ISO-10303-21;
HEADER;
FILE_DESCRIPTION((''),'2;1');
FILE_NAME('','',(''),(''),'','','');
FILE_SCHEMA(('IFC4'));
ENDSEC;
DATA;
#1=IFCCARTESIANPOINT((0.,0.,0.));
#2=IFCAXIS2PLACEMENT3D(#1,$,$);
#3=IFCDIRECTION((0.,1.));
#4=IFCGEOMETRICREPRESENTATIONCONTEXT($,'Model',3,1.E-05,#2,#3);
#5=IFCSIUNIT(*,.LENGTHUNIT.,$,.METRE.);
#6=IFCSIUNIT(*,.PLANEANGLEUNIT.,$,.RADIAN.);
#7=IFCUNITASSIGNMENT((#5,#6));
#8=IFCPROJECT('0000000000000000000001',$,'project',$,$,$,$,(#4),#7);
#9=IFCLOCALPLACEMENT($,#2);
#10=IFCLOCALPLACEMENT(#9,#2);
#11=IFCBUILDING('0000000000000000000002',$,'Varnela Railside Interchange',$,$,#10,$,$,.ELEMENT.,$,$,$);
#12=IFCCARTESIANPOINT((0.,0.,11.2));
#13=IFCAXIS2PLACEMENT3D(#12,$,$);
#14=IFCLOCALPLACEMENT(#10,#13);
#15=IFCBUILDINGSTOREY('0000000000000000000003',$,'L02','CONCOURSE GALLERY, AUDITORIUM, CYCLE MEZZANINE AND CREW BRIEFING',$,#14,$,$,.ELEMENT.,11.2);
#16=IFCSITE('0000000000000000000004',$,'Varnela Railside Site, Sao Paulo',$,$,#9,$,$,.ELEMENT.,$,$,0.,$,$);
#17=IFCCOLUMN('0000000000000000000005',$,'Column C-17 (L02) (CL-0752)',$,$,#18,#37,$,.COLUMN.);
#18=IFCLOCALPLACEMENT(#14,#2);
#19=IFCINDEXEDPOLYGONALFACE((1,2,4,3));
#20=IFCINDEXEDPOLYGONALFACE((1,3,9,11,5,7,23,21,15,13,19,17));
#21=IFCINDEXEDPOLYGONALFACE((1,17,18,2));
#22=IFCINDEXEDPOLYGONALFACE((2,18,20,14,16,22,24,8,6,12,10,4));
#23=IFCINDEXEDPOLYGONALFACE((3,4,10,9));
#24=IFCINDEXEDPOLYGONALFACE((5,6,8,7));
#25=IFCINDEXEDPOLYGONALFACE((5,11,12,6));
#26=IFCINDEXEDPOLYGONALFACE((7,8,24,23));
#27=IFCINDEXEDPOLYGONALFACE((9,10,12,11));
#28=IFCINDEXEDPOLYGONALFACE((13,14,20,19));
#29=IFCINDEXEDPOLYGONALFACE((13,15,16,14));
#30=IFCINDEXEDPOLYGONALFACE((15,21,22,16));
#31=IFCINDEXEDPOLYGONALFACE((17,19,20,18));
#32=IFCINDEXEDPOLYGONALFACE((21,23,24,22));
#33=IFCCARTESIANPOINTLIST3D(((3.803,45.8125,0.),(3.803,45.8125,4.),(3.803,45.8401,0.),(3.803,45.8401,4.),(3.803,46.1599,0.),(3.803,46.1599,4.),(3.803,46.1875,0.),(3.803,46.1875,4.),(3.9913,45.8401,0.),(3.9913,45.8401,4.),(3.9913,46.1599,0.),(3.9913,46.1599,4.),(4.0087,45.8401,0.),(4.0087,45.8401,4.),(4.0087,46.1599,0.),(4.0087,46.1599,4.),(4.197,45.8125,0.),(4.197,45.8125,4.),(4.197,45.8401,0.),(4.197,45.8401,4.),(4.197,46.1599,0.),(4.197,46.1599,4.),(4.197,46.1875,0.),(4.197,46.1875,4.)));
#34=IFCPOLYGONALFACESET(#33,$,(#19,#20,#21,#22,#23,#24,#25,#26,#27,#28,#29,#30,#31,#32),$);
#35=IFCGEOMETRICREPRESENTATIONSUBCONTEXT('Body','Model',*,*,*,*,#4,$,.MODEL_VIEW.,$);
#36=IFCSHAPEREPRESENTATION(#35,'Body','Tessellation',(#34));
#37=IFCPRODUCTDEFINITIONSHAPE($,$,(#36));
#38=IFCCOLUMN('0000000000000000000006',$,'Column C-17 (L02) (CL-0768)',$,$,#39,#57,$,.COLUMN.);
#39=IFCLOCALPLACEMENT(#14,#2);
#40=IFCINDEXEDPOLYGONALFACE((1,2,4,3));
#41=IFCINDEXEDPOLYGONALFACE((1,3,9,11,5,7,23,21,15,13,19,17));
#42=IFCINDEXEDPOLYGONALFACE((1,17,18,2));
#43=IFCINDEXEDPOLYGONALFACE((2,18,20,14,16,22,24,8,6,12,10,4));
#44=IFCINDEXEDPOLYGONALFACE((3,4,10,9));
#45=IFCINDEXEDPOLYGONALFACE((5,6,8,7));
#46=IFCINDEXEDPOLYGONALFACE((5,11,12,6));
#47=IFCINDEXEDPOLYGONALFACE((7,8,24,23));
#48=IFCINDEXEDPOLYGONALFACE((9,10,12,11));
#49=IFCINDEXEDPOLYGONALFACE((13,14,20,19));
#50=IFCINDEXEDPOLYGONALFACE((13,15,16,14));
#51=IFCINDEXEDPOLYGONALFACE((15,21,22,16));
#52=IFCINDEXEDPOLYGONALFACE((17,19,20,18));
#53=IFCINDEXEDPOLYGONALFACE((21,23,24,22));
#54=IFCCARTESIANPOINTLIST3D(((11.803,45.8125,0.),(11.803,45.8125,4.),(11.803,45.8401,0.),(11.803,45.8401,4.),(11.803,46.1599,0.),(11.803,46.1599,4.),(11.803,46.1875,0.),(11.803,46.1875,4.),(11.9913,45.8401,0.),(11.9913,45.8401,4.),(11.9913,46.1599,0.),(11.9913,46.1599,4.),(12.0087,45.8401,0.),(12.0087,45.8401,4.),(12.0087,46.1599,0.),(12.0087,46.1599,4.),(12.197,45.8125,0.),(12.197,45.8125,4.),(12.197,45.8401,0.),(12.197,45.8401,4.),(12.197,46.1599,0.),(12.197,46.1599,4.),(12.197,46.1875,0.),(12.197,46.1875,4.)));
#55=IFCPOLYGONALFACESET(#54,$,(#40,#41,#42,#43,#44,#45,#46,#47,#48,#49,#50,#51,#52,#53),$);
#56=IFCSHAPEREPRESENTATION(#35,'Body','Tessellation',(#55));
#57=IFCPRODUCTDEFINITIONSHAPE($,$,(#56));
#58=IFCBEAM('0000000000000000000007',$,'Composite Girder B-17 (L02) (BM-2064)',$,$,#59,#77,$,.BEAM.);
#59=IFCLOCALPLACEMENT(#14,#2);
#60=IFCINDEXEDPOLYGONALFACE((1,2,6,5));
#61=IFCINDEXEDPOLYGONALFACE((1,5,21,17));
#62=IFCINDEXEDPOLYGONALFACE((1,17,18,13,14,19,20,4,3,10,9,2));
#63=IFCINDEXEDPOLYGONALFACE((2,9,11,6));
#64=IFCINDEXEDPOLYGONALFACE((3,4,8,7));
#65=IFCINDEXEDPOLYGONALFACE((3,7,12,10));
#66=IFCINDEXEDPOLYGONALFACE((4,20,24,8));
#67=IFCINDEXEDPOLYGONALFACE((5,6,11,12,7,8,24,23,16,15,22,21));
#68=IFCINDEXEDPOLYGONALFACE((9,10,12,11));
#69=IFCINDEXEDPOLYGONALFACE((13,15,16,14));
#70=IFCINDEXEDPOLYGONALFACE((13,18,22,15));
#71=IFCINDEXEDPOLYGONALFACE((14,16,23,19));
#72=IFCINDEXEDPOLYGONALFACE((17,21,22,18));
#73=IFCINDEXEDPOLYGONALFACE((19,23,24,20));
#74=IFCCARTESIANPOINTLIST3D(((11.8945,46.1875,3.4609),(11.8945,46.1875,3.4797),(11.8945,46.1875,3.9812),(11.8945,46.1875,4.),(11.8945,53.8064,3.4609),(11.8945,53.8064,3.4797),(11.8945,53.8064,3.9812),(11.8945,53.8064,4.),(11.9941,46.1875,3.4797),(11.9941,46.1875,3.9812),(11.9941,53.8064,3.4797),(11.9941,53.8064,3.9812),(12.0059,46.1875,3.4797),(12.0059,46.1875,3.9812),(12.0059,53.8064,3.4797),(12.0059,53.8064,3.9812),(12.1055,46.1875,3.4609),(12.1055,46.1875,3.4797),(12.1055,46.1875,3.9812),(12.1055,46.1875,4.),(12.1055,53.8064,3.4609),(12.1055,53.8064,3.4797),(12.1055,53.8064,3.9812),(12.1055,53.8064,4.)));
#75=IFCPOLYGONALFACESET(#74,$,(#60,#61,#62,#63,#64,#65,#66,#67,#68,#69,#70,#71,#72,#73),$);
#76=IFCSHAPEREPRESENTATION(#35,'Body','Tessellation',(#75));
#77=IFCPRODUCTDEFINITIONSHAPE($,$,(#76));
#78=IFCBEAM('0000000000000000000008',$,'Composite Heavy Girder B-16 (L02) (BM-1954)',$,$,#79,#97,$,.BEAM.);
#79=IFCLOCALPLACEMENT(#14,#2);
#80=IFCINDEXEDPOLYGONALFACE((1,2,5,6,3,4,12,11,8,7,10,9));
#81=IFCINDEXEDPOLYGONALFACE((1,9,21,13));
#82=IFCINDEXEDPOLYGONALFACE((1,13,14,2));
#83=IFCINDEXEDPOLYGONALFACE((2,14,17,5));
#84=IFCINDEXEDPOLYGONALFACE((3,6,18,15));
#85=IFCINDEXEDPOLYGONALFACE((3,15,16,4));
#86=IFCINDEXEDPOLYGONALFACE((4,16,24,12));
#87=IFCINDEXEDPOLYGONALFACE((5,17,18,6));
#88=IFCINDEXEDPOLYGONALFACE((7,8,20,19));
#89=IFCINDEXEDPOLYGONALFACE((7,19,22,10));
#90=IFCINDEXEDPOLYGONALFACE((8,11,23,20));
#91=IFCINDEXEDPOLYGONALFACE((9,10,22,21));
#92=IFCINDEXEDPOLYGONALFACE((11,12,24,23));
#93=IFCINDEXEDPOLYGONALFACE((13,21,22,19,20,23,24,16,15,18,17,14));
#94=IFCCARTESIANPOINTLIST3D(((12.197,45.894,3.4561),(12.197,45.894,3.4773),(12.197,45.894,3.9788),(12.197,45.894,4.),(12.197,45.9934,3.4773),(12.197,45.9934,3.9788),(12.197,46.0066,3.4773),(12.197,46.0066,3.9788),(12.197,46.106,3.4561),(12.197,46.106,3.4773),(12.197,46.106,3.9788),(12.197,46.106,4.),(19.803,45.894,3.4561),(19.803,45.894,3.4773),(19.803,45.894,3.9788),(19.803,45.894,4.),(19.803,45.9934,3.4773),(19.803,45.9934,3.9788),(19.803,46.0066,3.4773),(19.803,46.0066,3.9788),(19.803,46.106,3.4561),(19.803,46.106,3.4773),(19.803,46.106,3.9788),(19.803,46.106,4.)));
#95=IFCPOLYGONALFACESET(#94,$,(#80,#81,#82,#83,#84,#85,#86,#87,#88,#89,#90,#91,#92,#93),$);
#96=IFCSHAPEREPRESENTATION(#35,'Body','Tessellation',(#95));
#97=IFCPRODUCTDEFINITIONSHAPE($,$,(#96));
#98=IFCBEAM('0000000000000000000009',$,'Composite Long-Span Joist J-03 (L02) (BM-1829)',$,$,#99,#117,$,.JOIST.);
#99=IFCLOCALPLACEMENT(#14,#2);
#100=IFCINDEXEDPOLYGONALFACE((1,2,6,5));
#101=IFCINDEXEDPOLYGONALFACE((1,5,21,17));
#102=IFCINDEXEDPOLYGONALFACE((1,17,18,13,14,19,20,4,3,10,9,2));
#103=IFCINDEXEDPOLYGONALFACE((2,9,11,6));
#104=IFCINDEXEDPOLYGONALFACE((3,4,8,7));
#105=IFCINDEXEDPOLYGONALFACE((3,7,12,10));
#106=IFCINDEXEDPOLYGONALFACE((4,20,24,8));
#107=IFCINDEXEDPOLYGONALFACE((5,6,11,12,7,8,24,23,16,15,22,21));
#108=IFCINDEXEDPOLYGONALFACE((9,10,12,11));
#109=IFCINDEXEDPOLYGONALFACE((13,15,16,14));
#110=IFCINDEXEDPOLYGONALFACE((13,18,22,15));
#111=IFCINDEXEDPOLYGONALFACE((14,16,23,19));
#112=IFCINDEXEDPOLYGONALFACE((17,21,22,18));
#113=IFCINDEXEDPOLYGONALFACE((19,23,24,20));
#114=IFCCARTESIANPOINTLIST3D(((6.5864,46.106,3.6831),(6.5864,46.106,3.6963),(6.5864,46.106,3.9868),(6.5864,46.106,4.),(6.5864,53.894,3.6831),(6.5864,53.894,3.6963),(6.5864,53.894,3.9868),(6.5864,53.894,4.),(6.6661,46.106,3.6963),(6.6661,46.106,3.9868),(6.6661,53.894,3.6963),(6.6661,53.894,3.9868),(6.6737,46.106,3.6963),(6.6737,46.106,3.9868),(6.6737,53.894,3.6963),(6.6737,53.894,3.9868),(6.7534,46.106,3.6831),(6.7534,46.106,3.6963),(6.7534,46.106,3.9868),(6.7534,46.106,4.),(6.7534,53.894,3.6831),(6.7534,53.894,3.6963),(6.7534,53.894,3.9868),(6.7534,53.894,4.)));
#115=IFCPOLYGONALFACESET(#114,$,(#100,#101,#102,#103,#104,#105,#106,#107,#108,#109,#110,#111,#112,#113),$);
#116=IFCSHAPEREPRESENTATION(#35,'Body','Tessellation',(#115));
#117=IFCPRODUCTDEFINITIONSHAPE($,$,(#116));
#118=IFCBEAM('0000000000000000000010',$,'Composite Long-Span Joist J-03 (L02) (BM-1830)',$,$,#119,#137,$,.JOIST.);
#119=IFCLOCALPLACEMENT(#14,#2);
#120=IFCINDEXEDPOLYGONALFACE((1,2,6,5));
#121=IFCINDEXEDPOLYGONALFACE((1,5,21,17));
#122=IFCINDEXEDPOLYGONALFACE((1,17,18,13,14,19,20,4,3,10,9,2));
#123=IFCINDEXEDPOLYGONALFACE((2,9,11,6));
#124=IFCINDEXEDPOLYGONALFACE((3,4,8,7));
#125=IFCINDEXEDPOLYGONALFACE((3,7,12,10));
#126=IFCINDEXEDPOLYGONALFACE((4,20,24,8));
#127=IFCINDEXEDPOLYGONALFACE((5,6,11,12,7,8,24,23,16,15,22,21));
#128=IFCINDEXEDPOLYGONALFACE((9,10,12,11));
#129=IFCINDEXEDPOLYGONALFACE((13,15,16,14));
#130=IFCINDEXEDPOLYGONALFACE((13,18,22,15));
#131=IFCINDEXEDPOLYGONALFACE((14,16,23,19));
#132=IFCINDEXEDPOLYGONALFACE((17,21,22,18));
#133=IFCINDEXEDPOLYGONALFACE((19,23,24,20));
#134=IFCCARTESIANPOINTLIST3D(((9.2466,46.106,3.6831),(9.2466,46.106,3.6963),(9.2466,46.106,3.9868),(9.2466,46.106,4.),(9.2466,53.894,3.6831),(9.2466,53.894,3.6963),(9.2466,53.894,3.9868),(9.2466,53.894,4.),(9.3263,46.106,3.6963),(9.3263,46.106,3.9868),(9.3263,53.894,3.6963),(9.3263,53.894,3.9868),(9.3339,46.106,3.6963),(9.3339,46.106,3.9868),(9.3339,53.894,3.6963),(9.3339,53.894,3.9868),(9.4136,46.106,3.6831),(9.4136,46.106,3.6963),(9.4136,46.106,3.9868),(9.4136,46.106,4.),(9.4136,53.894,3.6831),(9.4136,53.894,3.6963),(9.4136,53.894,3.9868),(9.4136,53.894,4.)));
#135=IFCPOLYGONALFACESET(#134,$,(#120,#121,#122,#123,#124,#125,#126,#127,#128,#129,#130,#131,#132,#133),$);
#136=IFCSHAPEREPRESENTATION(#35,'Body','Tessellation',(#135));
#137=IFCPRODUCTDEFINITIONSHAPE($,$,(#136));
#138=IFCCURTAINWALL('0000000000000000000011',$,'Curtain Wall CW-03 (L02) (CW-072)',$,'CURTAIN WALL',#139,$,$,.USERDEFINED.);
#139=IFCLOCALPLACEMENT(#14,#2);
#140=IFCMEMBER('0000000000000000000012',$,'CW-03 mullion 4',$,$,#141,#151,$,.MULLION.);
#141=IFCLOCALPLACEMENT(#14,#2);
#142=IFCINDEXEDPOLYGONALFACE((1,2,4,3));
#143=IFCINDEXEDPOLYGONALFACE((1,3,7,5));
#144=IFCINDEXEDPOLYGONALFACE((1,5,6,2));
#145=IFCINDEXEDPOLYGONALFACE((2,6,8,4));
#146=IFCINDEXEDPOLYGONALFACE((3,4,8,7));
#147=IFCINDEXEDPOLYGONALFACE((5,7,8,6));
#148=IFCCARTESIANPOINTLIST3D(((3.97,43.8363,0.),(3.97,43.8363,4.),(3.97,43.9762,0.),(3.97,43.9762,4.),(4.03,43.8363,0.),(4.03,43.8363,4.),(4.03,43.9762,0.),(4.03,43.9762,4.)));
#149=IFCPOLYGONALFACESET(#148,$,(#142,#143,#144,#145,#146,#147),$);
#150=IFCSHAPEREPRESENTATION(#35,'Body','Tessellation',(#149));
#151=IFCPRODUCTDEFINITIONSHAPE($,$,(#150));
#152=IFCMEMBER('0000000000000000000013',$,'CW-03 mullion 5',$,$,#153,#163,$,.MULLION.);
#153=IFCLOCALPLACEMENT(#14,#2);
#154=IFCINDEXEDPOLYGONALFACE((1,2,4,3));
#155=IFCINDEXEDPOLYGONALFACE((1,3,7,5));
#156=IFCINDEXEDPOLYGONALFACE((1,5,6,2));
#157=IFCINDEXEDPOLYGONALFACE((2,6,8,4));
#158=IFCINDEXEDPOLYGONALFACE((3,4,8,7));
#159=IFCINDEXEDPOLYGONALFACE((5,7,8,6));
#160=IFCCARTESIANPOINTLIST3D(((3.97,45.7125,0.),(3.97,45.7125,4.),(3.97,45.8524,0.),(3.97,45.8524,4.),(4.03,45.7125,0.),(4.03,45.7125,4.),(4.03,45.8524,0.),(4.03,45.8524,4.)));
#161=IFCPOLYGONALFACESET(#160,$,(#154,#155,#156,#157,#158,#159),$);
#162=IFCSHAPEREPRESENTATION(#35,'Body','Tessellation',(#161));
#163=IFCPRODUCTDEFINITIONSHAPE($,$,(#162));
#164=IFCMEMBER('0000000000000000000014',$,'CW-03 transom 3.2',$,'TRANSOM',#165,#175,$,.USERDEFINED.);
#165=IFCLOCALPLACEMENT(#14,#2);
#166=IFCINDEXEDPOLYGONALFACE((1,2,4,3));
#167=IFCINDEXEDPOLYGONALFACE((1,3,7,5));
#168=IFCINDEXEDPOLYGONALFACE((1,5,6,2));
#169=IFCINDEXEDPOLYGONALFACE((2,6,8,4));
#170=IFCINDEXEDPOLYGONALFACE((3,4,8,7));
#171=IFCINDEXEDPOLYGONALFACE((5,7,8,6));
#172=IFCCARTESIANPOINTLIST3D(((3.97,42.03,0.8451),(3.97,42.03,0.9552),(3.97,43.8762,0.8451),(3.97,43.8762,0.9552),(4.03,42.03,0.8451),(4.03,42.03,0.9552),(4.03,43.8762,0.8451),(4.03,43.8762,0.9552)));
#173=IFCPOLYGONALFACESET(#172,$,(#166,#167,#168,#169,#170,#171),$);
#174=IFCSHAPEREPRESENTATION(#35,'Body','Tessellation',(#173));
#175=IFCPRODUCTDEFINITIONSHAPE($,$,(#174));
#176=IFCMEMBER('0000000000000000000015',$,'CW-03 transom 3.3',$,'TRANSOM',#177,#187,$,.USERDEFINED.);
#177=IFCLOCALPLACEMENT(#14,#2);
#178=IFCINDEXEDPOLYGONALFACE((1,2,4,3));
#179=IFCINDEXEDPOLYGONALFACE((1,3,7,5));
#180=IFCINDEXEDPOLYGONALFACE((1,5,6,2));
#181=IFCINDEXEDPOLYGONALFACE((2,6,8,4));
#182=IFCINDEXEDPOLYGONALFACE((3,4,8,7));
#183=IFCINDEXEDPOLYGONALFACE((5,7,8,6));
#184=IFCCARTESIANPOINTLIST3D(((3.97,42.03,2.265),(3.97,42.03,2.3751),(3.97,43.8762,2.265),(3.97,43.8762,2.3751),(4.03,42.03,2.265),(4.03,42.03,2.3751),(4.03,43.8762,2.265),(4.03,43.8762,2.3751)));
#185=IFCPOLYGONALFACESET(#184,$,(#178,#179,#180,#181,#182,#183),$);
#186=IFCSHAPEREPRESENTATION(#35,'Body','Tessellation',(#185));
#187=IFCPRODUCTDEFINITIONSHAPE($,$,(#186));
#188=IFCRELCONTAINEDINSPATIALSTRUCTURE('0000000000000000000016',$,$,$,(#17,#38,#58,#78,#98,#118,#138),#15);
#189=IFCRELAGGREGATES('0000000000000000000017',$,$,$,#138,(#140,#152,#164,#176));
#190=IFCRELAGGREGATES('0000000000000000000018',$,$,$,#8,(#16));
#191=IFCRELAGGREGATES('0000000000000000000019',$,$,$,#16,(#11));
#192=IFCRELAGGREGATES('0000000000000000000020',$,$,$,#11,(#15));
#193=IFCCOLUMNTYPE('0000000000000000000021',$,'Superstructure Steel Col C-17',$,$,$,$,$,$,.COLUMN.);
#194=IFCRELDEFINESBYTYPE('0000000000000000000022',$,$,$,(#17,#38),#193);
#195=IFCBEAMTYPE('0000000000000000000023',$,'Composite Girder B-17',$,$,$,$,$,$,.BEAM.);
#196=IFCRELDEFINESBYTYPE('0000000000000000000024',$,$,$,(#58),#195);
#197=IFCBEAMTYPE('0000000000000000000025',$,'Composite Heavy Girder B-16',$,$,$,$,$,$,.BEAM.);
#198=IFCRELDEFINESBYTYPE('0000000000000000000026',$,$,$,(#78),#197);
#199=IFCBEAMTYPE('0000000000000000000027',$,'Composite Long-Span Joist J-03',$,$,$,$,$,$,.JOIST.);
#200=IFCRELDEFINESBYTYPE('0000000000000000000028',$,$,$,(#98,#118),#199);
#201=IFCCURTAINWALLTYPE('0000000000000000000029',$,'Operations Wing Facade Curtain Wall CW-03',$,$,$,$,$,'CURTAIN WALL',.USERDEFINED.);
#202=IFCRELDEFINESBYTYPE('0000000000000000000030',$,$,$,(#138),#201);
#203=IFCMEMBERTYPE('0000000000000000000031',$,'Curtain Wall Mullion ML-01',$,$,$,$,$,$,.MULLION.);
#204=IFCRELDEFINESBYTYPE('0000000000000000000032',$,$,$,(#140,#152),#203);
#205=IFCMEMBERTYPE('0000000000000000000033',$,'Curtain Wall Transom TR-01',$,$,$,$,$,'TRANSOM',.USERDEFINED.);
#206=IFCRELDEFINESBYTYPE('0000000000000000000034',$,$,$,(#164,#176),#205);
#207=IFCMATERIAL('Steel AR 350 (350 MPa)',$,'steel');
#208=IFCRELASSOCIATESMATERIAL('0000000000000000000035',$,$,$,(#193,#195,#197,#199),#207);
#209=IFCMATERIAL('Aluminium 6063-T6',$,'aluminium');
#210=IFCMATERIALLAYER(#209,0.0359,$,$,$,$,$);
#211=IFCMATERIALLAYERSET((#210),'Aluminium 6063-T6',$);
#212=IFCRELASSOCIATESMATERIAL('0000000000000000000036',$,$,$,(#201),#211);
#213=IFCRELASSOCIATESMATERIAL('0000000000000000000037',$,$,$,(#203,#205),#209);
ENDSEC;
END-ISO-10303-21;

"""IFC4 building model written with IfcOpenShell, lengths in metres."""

from ifc_helpers import new_model, si_unit, direction, frame, origin, origin_2d, place, context, subcontext, project, spatial, rectangle, i_section, extrude, material, layer, layer_set, material_profile, profile_set, type_object, element, aggregate, save


model = new_model("IFC4")

# Units and contexts
model_context = context("Model", 3, precision=1e-05, world=origin(), true_north=direction((0.0, 1.0)))
body_context = subcontext(model_context, "Body", "Model", "MODEL_VIEW")
ifc_project = project(units=[si_unit("LENGTHUNIT", "METRE"), si_unit("PLANEANGLEUNIT", "RADIAN")], contexts=[model_context])

# Site, building, storey
site_placement = place(None, origin())
site = spatial("IfcSite", under=ifc_project, at=site_placement, Name="Varnela Railside Site, Sao Paulo", CompositionType="ELEMENT", RefElevation=0.0)
building_placement = place(site_placement, origin())
building = spatial("IfcBuilding", under=site, at=building_placement, Name="Varnela Railside Interchange", CompositionType="ELEMENT")
storey_placement = place(building_placement, frame((0.0, 0.0, 11.2)))
storey = spatial("IfcBuildingStorey", under=building, at=storey_placement, Name="L02", Description="CONCOURSE GALLERY, AUDITORIUM, CYCLE MEZZANINE AND CREW BRIEFING", CompositionType="ELEMENT", Elevation=11.2)

# Columns
ifc_material_1 = material(Name="Steel AR 350 (350 MPa)", Category="steel")
ifc_material_profile_1 = material_profile(ifc_material_1, i_section(OverallWidth=0.394, OverallDepth=0.375, WebThickness=0.0173, FlangeThickness=0.0276, at=origin_2d()), Name="W360x216")
ifc_profile_set_1 = profile_set([ifc_material_profile_1], Name="Steel AR 350 (350 MPa)")
column_type = type_object("IfcColumnType", Name="Superstructure Steel Col C-17", PredefinedType="COLUMN", material=ifc_profile_set_1)
for number, where, z_axis, x_axis, name in (
    (1, (4.0, 46.0, 0.0), (0.0, 0.0, 1.0), (1.0, 0.0, 0.0), "Column C-17 (L02) (CL-0752)"),
    (2, (12.0, 46.0, 0.0), (0.0, 0.0, 1.0), (1.0, 0.0, 0.0), "Column C-17 (L02) (CL-0768)"),
):
    element("IfcColumn", number, at=place(storey_placement, frame(where, z_axis=z_axis, x_axis=x_axis)), inside=storey, type_object=column_type, Name=name, PredefinedType="COLUMN", context=body_context, shape_type="SweptSolid", body=[
        extrude(i_section(OverallWidth=0.394, OverallDepth=0.375, WebThickness=0.0173, FlangeThickness=0.0276, at=origin_2d()), origin(), (0.0, 0.0, 1.0), 4.0),
    ])

# Beams
ifc_material_profile_2 = material_profile(ifc_material_1, i_section(OverallWidth=0.2109, OverallDepth=0.5391, WebThickness=0.0117, FlangeThickness=0.0188, at=origin_2d()), Name="W530x109")
ifc_profile_set_2 = profile_set([ifc_material_profile_2], Name="Steel AR 350 (350 MPa)")
beam_type_1 = type_object("IfcBeamType", Name="Composite Girder B-17", PredefinedType="BEAM", material=ifc_profile_set_2)
beam_1_placement = place(storey_placement, frame((12.0, 46.1875, 3.7305), z_axis=(0.0, 1.0, 0.0), x_axis=(-1.0, 0.0, 0.0)))
element("IfcBeam", 3, at=beam_1_placement, inside=storey, type_object=beam_type_1, Name="Composite Girder B-17 (L02) (BM-2064)", PredefinedType="BEAM", context=body_context, shape_type="SweptSolid", body=[
    extrude(i_section(OverallWidth=0.2109, OverallDepth=0.5391, WebThickness=0.0117, FlangeThickness=0.0188, at=origin_2d()), origin(), (0.0, 0.0, 1.0), 7.6189),
])
ifc_material_profile_3 = material_profile(ifc_material_1, i_section(OverallWidth=0.2119, OverallDepth=0.5439, WebThickness=0.0132, FlangeThickness=0.0212, at=origin_2d()), Name="W530x123")
ifc_profile_set_3 = profile_set([ifc_material_profile_3], Name="Steel AR 350 (350 MPa)")
beam_type_2 = type_object("IfcBeamType", Name="Composite Heavy Girder B-16", PredefinedType="BEAM", material=ifc_profile_set_3)
beam_2_placement = place(storey_placement, frame((12.197, 46.0, 3.728), z_axis=(1.0, 0.0, 0.0), x_axis=(0.0, 1.0, 0.0)))
element("IfcBeam", 4, at=beam_2_placement, inside=storey, type_object=beam_type_2, Name="Composite Heavy Girder B-16 (L02) (BM-1954)", PredefinedType="BEAM", context=body_context, shape_type="SweptSolid", body=[
    extrude(i_section(OverallWidth=0.2119, OverallDepth=0.5439, WebThickness=0.0132, FlangeThickness=0.0212, at=origin_2d()), origin(), (0.0, 0.0, 1.0), 7.606),
])
ifc_material_profile_4 = material_profile(ifc_material_1, i_section(OverallWidth=0.167, OverallDepth=0.3169, WebThickness=0.0076, FlangeThickness=0.0132, at=origin_2d()), Name="W310x52")
ifc_profile_set_4 = profile_set([ifc_material_profile_4], Name="Steel AR 350 (350 MPa)")
beam_type_3 = type_object("IfcBeamType", Name="Composite Long-Span Joist J-03", PredefinedType="JOIST", material=ifc_profile_set_4)
for number, where, z_axis, x_axis, name in (
    (5, (6.6699, 46.106, 3.8416), (0.0, 1.0, 0.0), (-1.0, 0.0, 0.0), "Composite Long-Span Joist J-03 (L02) (BM-1829)"),
    (6, (9.3301, 46.106, 3.8416), (0.0, 1.0, 0.0), (-1.0, 0.0, 0.0), "Composite Long-Span Joist J-03 (L02) (BM-1830)"),
):
    element("IfcBeam", number, at=place(storey_placement, frame(where, z_axis=z_axis, x_axis=x_axis)), inside=storey, type_object=beam_type_3, Name=name, PredefinedType="JOIST", context=body_context, shape_type="SweptSolid", body=[
        extrude(i_section(OverallWidth=0.167, OverallDepth=0.3169, WebThickness=0.0076, FlangeThickness=0.0132, at=origin_2d()), origin(), (0.0, 0.0, 1.0), 7.7881),
    ])

# Curtain wall, members
ifc_material_2 = material(Name="Aluminium 6063-T6", Category="aluminium")
ifc_layer_1 = layer(ifc_material_2, 0.0359)
ifc_layer_set_1 = layer_set([ifc_layer_1], Name="Aluminium 6063-T6")
curtain_wall_type = type_object("IfcCurtainWallType", Name="Operations Wing Facade Curtain Wall CW-03", ElementType="CURTAIN WALL", PredefinedType="USERDEFINED", material=ifc_layer_set_1)
curtain_wall_placement = place(storey_placement, origin())
curtain_wall = element("IfcCurtainWall", 7, at=curtain_wall_placement, inside=storey, type_object=curtain_wall_type, Name="Curtain Wall CW-03 (L02) (CW-072)", ObjectType="CURTAIN WALL", PredefinedType="USERDEFINED")
ifc_material_profile_5 = material_profile(ifc_material_2, rectangle(XDim=0.0601, YDim=0.1399, at=origin_2d()), Name="ALU 60x140")
ifc_profile_set_5 = profile_set([ifc_material_profile_5], Name="Aluminium 6063-T6")
member_type_1 = type_object("IfcMemberType", Name="Curtain Wall Mullion ML-01", PredefinedType="MULLION", material=ifc_profile_set_5)
member_1_placement = place(storey_placement, frame((4.0, 43.9062, 0.0), z_axis=(0.0, 0.0, 1.0), x_axis=(-1.0, 0.0, 0.0)))
member_1 = element("IfcMember", 8, at=member_1_placement, type_object=member_type_1, Name="CW-03 mullion 4", PredefinedType="MULLION", context=body_context, shape_type="SweptSolid", body=[
    extrude(rectangle(XDim=0.0601, YDim=0.1399, at=origin_2d()), origin(), (0.0, 0.0, 1.0), 4.0),
])
member_2_placement = place(storey_placement, frame((4.0, 45.7825, 0.0), z_axis=(0.0, 0.0, 1.0), x_axis=(-1.0, 0.0, 0.0)))
member_2 = element("IfcMember", 9, at=member_2_placement, type_object=member_type_1, Name="CW-03 mullion 5", PredefinedType="MULLION", context=body_context, shape_type="SweptSolid", body=[
    extrude(rectangle(XDim=0.0601, YDim=0.1399, at=origin_2d()), origin(), (0.0, 0.0, 1.0), 4.0),
])
ifc_material_profile_6 = material_profile(ifc_material_2, rectangle(XDim=0.0601, YDim=0.1101, at=origin_2d()), Name="ALU 60x110")
ifc_profile_set_6 = profile_set([ifc_material_profile_6], Name="Aluminium 6063-T6")
member_type_2 = type_object("IfcMemberType", Name="Curtain Wall Transom TR-01", ElementType="TRANSOM", PredefinedType="USERDEFINED", material=ifc_profile_set_6)
member_3_placement = place(storey_placement, frame((4.0, 42.03, 0.9001), z_axis=(0.0, 1.0, 0.0), x_axis=(-1.0, 0.0, 0.0)))
member_3 = element("IfcMember", 10, at=member_3_placement, type_object=member_type_2, Name="CW-03 transom 3.2", ObjectType="TRANSOM", PredefinedType="USERDEFINED", context=body_context, shape_type="SweptSolid", body=[
    extrude(rectangle(XDim=0.0601, YDim=0.1101, at=origin_2d()), origin(), (0.0, 0.0, 1.0), 1.8462),
])
member_4_placement = place(storey_placement, frame((4.0, 42.03, 2.3201), z_axis=(0.0, 1.0, 0.0), x_axis=(-1.0, 0.0, 0.0)))
member_4 = element("IfcMember", 11, at=member_4_placement, type_object=member_type_2, Name="CW-03 transom 3.3", ObjectType="TRANSOM", PredefinedType="USERDEFINED", context=body_context, shape_type="SweptSolid", body=[
    extrude(rectangle(XDim=0.0601, YDim=0.1101, at=origin_2d()), origin(), (0.0, 0.0, 1.0), 1.8462),
])

aggregate(curtain_wall, [member_1, member_2, member_3, member_4])

save(model, "model.ifc")
